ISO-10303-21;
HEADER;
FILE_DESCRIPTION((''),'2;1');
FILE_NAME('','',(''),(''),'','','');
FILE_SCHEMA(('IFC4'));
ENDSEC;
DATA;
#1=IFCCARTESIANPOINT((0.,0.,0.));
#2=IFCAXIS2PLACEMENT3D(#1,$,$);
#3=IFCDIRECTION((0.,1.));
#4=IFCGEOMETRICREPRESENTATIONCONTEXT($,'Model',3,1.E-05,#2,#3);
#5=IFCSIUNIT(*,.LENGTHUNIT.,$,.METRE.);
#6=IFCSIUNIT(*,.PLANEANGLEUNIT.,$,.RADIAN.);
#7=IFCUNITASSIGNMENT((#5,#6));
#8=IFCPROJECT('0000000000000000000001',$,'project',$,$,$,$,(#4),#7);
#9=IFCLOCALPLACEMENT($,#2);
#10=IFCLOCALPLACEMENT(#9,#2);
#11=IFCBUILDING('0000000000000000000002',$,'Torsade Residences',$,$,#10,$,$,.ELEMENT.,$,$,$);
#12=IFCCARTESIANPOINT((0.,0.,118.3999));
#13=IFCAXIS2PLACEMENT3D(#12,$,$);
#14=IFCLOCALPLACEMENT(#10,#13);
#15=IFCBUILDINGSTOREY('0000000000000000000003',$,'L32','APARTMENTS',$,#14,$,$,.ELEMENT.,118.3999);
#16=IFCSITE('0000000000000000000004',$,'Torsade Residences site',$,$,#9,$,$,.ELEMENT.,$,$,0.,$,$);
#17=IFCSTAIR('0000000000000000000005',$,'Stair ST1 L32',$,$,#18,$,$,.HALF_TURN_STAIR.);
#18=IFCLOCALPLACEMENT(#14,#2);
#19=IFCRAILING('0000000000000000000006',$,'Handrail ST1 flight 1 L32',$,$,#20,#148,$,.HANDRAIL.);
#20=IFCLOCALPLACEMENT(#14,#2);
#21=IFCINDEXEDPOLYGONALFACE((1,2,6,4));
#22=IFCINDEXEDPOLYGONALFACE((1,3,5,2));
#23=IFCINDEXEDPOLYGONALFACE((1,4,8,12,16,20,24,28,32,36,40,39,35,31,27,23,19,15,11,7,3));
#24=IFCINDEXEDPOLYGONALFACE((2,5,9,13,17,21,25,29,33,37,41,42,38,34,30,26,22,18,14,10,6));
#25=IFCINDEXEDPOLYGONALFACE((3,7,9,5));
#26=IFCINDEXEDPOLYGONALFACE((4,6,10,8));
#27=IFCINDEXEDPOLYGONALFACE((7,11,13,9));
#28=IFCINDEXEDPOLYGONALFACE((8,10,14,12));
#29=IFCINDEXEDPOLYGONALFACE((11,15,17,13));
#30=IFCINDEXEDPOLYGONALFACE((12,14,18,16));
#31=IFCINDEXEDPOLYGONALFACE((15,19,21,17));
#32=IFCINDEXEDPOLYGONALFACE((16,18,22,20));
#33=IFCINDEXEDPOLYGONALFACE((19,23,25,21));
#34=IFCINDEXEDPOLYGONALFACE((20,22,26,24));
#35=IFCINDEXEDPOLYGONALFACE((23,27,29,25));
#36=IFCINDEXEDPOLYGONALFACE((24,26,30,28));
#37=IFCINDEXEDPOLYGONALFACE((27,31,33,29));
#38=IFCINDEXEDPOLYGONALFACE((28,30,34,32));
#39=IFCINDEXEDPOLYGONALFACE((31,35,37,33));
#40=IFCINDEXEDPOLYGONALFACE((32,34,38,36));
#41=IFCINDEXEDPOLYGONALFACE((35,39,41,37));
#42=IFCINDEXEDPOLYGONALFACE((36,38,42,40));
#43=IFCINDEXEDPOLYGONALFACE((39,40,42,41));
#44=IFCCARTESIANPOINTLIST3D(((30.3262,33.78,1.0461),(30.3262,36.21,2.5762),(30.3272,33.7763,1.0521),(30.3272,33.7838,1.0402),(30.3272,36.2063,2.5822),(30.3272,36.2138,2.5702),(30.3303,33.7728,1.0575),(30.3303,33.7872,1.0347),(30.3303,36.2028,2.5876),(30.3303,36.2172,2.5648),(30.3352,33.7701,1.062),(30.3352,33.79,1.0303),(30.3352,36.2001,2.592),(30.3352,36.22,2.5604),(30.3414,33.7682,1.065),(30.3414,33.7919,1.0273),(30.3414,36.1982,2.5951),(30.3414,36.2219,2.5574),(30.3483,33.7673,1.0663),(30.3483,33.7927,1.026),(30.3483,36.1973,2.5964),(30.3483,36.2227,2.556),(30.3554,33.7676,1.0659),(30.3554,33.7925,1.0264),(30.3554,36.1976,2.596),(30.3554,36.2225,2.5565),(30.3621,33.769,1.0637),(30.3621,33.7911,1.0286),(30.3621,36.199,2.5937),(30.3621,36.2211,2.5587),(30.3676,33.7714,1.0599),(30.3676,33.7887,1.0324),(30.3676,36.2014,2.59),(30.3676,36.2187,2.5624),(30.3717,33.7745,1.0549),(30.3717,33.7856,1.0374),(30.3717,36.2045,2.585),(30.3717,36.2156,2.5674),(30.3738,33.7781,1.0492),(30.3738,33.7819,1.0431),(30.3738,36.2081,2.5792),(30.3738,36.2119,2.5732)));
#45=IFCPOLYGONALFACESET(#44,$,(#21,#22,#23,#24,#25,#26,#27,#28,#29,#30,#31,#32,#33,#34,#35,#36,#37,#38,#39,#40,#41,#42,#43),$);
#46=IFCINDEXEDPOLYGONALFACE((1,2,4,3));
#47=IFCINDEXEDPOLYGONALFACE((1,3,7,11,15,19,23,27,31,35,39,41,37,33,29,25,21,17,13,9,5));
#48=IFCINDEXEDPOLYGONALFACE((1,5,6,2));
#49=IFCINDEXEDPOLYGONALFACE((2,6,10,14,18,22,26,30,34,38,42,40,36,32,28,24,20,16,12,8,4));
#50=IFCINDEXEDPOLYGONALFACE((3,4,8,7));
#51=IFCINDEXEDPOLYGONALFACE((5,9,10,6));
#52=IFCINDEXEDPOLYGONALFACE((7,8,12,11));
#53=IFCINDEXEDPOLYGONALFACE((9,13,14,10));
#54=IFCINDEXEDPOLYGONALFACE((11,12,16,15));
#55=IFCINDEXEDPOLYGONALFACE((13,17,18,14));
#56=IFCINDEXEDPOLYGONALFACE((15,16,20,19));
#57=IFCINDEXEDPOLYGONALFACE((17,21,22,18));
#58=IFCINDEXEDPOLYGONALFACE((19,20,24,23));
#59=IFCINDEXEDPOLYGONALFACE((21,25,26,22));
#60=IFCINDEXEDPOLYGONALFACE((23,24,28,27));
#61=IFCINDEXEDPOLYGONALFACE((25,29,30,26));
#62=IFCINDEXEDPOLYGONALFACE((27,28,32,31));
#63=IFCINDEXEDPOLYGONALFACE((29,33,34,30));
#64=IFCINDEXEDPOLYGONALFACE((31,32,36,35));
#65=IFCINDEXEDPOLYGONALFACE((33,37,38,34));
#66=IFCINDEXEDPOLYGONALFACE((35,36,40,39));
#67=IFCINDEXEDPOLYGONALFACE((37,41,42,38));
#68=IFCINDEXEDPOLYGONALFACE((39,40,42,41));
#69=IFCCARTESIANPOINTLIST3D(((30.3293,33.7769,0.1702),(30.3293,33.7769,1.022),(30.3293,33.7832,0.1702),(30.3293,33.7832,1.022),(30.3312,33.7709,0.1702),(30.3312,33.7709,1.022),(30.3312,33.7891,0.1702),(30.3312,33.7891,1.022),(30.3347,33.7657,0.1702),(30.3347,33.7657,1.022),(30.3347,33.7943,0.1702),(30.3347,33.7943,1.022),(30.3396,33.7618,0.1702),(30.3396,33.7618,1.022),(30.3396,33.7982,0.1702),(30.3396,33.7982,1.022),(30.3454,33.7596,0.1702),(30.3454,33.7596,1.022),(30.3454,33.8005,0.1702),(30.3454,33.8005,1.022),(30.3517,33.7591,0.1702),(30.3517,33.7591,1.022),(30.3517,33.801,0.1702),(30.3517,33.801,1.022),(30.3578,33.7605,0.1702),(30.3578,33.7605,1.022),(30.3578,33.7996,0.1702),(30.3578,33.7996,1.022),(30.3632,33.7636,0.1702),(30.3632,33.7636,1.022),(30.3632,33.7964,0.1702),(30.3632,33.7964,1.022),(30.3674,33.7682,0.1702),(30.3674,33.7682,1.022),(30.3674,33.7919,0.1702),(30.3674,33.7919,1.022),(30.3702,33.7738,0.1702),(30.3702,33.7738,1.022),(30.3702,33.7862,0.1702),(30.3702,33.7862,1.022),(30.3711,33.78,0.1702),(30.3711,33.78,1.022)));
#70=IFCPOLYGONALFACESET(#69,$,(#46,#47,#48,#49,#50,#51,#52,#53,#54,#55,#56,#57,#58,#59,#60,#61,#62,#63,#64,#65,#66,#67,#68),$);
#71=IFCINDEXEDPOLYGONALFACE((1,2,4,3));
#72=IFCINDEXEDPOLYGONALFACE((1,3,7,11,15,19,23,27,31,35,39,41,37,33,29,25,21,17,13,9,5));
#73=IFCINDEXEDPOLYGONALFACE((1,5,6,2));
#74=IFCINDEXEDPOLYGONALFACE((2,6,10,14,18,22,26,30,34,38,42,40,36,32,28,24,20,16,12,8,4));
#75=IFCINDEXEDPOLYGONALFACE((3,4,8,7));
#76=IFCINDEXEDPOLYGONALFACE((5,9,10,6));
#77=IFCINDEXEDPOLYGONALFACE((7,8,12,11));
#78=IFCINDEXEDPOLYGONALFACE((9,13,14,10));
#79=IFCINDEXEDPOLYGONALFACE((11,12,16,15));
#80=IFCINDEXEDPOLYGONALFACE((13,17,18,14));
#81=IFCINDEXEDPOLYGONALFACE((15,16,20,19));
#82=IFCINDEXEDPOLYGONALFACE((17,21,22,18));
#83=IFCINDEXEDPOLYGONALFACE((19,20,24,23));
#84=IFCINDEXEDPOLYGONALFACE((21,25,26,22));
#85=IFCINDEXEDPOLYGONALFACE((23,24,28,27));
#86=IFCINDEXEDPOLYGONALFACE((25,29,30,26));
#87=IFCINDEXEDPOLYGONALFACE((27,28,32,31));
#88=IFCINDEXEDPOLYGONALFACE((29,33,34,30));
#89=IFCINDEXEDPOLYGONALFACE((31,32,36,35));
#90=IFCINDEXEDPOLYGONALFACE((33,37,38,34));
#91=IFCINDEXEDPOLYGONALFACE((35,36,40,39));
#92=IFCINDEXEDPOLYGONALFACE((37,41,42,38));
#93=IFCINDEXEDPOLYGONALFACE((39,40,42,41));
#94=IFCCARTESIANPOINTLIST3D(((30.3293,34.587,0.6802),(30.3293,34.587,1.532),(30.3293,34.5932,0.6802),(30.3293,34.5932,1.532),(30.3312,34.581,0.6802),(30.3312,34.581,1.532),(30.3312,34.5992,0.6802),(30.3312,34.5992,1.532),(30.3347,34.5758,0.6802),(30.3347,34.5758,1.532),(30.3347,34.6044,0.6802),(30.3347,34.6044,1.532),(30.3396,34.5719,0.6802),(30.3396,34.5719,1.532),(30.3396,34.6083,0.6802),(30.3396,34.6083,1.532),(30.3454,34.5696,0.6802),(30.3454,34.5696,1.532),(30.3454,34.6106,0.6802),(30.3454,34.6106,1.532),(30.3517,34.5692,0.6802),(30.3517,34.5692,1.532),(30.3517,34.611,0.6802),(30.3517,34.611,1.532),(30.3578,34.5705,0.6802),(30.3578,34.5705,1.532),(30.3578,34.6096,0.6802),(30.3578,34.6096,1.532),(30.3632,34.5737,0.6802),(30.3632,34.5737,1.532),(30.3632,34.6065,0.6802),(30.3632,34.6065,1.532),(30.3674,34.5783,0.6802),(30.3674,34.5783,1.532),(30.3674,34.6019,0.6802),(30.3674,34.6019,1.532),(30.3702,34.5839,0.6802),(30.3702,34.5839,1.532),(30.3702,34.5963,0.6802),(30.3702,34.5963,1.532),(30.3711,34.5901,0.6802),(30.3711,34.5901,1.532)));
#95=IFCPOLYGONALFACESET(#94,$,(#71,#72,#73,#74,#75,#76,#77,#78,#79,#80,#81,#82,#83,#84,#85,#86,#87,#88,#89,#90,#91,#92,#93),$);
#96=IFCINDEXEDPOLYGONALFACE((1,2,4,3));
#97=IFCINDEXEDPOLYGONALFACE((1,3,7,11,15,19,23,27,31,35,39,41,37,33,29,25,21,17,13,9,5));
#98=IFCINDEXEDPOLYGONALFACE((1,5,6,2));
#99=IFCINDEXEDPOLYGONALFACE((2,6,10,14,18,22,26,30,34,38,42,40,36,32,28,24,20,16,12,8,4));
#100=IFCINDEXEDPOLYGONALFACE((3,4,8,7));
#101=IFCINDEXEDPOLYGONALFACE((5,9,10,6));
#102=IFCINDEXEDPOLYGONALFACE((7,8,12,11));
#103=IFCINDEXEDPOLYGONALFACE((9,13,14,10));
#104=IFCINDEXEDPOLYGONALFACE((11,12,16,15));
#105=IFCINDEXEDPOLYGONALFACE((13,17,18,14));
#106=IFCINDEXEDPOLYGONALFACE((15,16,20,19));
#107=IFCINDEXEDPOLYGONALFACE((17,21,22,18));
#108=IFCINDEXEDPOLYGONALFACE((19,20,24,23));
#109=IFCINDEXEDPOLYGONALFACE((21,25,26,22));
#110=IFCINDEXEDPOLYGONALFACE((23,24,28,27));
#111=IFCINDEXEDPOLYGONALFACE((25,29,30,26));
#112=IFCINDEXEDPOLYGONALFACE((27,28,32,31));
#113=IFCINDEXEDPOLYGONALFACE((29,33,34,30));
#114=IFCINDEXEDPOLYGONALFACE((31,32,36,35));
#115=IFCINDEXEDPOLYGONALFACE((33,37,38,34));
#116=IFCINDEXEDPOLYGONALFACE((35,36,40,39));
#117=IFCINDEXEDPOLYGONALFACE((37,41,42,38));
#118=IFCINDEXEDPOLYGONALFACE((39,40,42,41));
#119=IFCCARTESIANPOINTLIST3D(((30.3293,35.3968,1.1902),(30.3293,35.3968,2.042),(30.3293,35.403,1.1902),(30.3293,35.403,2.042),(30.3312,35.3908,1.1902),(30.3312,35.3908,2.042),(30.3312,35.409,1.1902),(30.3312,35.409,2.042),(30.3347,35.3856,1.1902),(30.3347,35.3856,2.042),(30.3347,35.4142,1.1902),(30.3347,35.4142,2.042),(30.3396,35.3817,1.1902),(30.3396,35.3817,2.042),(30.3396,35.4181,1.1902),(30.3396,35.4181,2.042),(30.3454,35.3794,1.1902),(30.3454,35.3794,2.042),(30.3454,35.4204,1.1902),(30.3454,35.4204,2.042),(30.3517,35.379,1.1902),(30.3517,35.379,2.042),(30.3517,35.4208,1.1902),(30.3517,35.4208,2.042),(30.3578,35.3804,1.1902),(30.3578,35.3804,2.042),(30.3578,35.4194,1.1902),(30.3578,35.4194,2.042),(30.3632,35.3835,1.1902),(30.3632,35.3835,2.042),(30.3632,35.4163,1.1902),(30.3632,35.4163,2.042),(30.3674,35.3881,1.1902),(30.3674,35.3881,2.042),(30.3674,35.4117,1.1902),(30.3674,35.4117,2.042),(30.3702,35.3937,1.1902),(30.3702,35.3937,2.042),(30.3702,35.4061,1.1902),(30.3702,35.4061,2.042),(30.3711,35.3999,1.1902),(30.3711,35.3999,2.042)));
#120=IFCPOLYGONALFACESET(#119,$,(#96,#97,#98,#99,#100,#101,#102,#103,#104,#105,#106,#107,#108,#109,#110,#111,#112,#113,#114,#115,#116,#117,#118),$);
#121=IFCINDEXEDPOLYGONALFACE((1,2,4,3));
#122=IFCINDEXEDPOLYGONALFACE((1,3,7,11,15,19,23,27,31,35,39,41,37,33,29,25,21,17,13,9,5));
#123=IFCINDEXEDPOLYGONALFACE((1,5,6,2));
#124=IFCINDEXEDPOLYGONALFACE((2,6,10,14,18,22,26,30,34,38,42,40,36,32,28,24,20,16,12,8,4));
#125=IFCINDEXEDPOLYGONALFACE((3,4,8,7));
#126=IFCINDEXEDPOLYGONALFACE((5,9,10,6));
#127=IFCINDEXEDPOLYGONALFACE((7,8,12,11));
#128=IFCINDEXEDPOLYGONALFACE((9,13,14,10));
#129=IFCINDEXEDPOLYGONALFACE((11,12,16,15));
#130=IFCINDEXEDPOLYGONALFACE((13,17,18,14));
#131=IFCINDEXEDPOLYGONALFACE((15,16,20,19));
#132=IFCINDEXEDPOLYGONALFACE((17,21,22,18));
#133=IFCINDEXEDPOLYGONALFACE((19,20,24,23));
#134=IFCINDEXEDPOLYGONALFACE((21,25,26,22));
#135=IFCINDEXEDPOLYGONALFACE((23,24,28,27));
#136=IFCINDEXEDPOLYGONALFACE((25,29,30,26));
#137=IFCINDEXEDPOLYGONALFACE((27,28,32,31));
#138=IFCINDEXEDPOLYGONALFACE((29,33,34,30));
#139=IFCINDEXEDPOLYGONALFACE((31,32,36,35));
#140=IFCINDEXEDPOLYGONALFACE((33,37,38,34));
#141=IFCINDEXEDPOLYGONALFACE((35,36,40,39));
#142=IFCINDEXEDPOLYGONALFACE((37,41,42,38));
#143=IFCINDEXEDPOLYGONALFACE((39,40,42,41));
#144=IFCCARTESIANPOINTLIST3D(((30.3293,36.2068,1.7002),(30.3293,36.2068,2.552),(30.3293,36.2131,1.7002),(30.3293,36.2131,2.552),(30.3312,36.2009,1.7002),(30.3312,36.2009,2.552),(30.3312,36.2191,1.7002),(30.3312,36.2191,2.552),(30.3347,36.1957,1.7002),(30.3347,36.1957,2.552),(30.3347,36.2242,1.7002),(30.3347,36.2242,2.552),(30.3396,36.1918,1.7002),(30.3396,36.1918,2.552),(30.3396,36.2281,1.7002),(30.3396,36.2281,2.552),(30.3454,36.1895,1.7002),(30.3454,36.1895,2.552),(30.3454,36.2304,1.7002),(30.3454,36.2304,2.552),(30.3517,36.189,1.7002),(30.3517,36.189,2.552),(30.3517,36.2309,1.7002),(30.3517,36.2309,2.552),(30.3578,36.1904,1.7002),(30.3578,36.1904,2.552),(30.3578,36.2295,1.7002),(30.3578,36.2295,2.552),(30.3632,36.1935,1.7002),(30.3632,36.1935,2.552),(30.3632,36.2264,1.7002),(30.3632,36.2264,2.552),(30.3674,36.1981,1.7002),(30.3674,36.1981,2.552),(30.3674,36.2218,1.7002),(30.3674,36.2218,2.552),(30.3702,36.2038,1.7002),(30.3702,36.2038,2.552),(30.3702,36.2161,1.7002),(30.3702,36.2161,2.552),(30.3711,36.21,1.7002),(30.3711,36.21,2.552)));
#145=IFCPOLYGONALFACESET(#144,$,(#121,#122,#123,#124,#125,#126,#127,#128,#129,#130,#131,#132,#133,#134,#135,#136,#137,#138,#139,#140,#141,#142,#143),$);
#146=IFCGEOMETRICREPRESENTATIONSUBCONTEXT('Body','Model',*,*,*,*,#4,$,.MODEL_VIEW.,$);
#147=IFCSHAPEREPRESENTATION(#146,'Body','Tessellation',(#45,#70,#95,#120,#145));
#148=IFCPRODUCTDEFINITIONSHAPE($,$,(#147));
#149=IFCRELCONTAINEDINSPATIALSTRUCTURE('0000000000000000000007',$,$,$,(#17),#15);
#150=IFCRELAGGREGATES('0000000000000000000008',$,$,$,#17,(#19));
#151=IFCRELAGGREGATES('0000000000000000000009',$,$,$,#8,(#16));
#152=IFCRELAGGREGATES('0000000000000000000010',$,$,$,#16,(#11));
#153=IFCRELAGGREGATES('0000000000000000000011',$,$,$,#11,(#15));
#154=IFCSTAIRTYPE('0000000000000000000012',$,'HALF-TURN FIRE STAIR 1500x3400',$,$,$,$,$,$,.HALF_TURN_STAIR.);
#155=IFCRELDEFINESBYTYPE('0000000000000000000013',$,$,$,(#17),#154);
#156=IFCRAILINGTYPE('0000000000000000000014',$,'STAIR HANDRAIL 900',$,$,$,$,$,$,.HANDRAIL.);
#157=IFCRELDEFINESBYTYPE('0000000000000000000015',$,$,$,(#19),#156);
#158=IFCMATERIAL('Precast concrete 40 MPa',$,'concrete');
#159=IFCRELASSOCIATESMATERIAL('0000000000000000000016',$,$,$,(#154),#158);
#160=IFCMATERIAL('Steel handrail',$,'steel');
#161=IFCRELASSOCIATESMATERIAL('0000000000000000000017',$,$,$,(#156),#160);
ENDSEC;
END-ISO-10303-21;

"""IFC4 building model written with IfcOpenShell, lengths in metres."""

from ifc_helpers import new_model, si_unit, direction, frame, origin, origin_2d, place, context, subcontext, project, spatial, circle, extrude, material, type_object, element, aggregate, save


model = new_model("IFC4")

# Units and contexts
model_context = context("Model", 3, precision=1e-05, world=origin(), true_north=direction((0.0, 1.0)))
body_context = subcontext(model_context, "Body", "Model", "MODEL_VIEW")
ifc_project = project(units=[si_unit("LENGTHUNIT", "METRE"), si_unit("PLANEANGLEUNIT", "RADIAN")], contexts=[model_context])

# Site, building, storey
site_placement = place(None, origin())
site = spatial("IfcSite", under=ifc_project, at=site_placement, Name="Torsade Residences site", CompositionType="ELEMENT", RefElevation=0.0)
building_placement = place(site_placement, origin())
building = spatial("IfcBuilding", under=site, at=building_placement, Name="Torsade Residences", CompositionType="ELEMENT")
storey_placement = place(building_placement, frame((0.0, 0.0, 118.3999)))
storey = spatial("IfcBuildingStorey", under=building, at=storey_placement, Name="L32", Description="APARTMENTS", CompositionType="ELEMENT", Elevation=118.3999)

# Stair, railing
ifc_material_1 = material(Name="Precast concrete 40 MPa", Category="concrete")
stair_type = type_object("IfcStairType", Name="HALF-TURN FIRE STAIR 1500x3400", PredefinedType="HALF_TURN_STAIR", material=ifc_material_1)
stair_placement = place(storey_placement, origin())
stair = element("IfcStair", 1, at=stair_placement, inside=storey, type_object=stair_type, Name="Stair ST1 L32", PredefinedType="HALF_TURN_STAIR")
ifc_material_2 = material(Name="Steel handrail", Category="steel")
railing_type = type_object("IfcRailingType", Name="STAIR HANDRAIL 900", PredefinedType="HANDRAIL", material=ifc_material_2)
railing_1_placement = place(storey_placement, frame((30.3501, 33.78, 0.1702)))
railing_1 = element("IfcRailing", 2, at=railing_1_placement, type_object=railing_type, Name="Handrail ST1 flight 1 L32", PredefinedType="HANDRAIL", context=body_context, shape_type="SweptSolid", body=[
    extrude(circle(Radius=0.0239, at=origin_2d()), frame((0.0, 0.0, 0.876), z_axis=(0.0, 0.846221, 0.532831), x_axis=(-1.0, 0.0, 0.0)), (0.0, 0.0, 1.0), 2.8716),
    extrude(circle(Radius=0.021, at=origin_2d()), origin(), (0.0, 0.0, 1.0), 0.8518),
    extrude(circle(Radius=0.021, at=origin_2d()), frame((0.0, 0.8101, 0.51)), (0.0, 0.0, 1.0), 0.8518),
    extrude(circle(Radius=0.021, at=origin_2d()), frame((0.0, 1.6199, 1.02)), (0.0, 0.0, 1.0), 0.8518),
    extrude(circle(Radius=0.021, at=origin_2d()), frame((0.0, 2.4299, 1.53)), (0.0, 0.0, 1.0), 0.8518),
])
aggregate(stair, [railing_1])

save(model, "model.ifc")
